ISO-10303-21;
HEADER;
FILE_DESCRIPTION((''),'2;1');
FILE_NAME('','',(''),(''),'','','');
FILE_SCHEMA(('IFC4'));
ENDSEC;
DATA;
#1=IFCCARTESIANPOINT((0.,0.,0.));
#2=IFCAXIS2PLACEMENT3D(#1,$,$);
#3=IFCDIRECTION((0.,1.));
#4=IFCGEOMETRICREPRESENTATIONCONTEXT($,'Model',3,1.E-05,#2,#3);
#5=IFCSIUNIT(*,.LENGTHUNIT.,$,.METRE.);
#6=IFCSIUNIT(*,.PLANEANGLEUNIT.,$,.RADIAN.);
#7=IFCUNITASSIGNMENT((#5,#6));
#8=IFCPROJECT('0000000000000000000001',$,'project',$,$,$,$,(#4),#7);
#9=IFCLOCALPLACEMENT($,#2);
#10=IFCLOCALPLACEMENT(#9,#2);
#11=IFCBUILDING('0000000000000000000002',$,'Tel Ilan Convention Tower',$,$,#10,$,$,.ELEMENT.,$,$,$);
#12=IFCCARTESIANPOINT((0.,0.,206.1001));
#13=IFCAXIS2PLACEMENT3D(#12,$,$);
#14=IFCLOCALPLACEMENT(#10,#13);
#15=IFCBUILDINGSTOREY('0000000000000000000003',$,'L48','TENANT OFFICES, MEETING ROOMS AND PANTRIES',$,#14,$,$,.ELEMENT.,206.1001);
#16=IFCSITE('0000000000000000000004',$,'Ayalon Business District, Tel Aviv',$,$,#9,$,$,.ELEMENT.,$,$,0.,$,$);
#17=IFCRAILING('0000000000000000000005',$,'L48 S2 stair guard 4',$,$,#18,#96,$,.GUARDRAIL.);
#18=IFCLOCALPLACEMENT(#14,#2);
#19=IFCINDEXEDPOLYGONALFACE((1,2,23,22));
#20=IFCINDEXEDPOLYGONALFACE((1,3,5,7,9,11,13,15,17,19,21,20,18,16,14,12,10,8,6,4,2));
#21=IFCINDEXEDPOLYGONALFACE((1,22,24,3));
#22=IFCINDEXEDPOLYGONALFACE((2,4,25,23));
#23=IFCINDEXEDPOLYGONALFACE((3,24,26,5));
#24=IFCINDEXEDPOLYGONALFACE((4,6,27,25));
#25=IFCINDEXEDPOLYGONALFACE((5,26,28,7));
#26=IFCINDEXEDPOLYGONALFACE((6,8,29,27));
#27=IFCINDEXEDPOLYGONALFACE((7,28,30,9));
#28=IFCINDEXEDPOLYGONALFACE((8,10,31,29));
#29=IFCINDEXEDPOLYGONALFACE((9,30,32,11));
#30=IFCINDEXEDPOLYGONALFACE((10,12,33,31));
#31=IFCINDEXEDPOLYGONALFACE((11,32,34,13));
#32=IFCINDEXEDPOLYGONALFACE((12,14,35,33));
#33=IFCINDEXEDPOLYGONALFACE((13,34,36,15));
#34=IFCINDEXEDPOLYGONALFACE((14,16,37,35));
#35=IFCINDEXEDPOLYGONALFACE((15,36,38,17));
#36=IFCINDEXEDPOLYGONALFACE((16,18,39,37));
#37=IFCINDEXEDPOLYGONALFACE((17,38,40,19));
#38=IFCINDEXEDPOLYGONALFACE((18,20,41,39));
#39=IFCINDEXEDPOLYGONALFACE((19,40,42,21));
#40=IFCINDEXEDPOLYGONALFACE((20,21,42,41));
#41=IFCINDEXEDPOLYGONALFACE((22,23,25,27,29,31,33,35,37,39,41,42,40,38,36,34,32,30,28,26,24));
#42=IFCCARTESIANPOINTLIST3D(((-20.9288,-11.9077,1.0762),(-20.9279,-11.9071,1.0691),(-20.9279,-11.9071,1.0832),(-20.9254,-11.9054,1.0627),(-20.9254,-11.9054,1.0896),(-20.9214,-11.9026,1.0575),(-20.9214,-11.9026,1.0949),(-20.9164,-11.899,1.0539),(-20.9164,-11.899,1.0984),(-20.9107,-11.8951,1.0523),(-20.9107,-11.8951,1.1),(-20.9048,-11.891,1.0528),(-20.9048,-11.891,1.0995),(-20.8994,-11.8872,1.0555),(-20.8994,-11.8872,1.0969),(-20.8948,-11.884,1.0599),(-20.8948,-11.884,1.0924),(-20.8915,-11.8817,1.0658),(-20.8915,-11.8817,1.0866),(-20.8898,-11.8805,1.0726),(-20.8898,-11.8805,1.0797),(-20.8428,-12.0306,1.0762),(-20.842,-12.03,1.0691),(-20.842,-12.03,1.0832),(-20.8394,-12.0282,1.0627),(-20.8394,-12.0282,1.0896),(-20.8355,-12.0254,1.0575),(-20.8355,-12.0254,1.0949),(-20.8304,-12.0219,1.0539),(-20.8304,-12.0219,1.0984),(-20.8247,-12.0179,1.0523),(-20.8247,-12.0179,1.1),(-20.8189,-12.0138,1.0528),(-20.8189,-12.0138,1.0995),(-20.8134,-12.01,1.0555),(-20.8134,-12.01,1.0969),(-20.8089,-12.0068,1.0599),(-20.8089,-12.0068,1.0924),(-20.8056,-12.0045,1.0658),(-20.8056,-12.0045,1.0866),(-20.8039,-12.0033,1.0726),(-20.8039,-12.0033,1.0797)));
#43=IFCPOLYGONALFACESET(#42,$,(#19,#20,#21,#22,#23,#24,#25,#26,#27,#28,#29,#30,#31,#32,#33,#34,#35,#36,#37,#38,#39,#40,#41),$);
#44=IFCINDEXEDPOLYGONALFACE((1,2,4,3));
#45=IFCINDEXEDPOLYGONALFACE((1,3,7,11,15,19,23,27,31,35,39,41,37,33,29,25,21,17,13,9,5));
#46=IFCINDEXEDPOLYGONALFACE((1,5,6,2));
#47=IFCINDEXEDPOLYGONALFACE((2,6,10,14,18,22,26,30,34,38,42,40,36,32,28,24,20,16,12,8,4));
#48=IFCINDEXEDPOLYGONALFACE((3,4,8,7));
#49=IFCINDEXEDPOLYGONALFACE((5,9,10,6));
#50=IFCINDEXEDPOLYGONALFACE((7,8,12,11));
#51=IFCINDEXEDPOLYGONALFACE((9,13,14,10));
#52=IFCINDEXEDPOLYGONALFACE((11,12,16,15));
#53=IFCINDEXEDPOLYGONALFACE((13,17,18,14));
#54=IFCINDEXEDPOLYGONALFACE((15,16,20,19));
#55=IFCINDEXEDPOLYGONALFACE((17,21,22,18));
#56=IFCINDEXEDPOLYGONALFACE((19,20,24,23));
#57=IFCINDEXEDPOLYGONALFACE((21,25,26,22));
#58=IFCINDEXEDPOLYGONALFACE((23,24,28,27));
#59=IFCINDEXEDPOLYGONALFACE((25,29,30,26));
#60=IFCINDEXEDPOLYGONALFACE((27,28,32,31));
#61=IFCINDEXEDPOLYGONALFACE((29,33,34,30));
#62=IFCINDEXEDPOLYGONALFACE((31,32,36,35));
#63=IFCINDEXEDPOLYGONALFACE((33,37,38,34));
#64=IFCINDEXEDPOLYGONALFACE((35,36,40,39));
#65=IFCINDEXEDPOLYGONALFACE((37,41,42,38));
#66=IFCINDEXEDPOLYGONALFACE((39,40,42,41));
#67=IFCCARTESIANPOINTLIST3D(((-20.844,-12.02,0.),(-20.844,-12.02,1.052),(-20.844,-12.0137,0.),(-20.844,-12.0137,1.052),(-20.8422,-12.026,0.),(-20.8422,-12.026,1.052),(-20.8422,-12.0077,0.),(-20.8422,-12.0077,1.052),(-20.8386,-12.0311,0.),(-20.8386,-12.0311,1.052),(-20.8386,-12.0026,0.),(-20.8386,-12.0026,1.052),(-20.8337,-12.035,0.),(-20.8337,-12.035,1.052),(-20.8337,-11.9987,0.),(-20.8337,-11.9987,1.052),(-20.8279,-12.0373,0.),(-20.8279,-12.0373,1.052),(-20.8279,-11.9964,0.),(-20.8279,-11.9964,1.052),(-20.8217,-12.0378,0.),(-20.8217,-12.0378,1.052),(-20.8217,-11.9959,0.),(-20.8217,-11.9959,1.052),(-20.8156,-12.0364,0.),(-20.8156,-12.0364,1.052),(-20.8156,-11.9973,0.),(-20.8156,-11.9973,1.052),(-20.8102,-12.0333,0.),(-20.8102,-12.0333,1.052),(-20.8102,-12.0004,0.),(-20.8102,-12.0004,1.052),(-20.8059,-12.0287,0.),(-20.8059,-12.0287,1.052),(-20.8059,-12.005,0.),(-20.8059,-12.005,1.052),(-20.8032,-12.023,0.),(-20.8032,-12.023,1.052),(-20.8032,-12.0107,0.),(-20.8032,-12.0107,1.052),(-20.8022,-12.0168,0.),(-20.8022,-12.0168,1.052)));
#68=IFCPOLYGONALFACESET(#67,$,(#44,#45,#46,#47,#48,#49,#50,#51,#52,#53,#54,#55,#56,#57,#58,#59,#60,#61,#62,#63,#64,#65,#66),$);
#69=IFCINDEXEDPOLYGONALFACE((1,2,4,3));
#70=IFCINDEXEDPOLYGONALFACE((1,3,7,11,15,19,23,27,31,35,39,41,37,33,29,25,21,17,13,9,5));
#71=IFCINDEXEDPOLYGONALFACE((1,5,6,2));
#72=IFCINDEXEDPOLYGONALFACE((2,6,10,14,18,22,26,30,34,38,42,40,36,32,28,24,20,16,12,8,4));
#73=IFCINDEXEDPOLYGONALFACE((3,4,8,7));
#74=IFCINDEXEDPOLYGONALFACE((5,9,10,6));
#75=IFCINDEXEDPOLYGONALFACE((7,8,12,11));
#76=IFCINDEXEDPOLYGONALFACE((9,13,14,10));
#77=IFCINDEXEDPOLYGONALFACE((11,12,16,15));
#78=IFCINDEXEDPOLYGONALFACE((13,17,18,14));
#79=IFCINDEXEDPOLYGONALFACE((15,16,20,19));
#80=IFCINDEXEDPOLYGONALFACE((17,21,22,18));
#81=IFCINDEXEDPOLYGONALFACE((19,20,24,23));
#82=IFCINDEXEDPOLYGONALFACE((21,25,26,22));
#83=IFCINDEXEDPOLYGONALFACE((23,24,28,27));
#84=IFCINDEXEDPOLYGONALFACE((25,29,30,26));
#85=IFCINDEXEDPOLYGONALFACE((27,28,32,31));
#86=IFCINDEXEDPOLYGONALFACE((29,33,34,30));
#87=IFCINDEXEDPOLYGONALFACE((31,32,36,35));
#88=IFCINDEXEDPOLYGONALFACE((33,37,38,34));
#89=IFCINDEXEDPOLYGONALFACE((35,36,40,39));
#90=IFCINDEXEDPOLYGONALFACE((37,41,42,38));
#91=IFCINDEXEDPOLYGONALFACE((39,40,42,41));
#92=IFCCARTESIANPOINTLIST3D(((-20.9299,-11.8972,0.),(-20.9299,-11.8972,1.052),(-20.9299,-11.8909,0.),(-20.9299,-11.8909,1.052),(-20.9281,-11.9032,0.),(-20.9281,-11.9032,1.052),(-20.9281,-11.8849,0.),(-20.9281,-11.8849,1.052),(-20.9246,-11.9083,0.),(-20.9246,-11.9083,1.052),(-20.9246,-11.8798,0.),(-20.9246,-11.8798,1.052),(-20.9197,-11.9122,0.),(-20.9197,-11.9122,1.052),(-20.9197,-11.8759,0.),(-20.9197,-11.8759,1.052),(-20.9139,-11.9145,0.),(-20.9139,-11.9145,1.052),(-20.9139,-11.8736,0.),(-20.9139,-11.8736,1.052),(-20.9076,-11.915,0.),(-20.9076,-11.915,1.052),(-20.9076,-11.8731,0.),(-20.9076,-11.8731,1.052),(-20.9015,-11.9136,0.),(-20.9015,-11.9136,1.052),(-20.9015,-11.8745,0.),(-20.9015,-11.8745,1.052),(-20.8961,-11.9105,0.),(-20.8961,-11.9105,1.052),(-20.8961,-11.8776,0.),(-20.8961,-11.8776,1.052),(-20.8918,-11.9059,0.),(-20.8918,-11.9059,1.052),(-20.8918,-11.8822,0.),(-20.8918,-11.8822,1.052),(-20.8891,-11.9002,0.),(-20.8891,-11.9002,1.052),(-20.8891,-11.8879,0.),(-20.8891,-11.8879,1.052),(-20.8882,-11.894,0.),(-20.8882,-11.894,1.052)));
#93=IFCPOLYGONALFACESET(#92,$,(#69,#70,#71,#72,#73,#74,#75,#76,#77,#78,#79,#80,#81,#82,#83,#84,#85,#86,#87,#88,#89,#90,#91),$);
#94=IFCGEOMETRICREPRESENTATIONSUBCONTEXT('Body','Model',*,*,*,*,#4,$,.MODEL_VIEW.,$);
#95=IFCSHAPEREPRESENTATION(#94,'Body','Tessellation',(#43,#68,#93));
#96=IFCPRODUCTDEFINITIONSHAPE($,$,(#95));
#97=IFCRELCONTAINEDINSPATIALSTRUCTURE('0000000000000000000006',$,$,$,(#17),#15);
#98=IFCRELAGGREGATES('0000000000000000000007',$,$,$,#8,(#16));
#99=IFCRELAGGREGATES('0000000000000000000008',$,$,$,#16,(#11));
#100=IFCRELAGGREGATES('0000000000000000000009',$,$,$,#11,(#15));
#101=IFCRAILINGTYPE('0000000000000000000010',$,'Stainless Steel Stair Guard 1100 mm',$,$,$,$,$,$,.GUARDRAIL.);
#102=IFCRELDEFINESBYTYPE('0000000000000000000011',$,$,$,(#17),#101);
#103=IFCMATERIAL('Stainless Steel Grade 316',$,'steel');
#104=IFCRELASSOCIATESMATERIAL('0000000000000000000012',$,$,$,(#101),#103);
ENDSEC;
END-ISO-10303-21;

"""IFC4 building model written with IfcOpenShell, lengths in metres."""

from ifc_helpers import new_model, si_unit, direction, frame, origin, origin_2d, place, context, subcontext, project, spatial, circle, extrude, material, type_object, element, save


model = new_model("IFC4")

# Units and contexts
model_context = context("Model", 3, precision=1e-05, world=origin(), true_north=direction((0.0, 1.0)))
body_context = subcontext(model_context, "Body", "Model", "MODEL_VIEW")
ifc_project = project(units=[si_unit("LENGTHUNIT", "METRE"), si_unit("PLANEANGLEUNIT", "RADIAN")], contexts=[model_context])

# Site, building, storey
site_placement = place(None, origin())
site = spatial("IfcSite", under=ifc_project, at=site_placement, Name="Ayalon Business District, Tel Aviv", CompositionType="ELEMENT", RefElevation=0.0)
building_placement = place(site_placement, origin())
building = spatial("IfcBuilding", under=site, at=building_placement, Name="Tel Ilan Convention Tower", CompositionType="ELEMENT")
storey_placement = place(building_placement, frame((0.0, 0.0, 206.1001)))
storey = spatial("IfcBuildingStorey", under=building, at=storey_placement, Name="L48", Description="TENANT OFFICES, MEETING ROOMS AND PANTRIES", CompositionType="ELEMENT", Elevation=206.1001)

# Railing
ifc_material_1 = material(Name="Stainless Steel Grade 316", Category="steel")
railing_type_1 = type_object("IfcRailingType", Name="Stainless Steel Stair Guard 1100 mm", PredefinedType="GUARDRAIL", material=ifc_material_1)
railing_1_placement = place(storey_placement, frame((-20.8232, -12.0168, 0.0)))
element("IfcRailing", 1, at=railing_1_placement, inside=storey, type_object=railing_type_1, Name="L48 S2 stair guard 4", PredefinedType="GUARDRAIL", context=body_context, shape_type="SweptSolid", body=[
    extrude(circle(Radius=0.0239, at=origin_2d()), frame((0.0, 0.0, 1.0762), z_axis=(-0.573353, 0.819308, 0.0), x_axis=(-0.819308, -0.573353, 0.0)), (0.0, 0.0, 1.0), 0.1499),
    extrude(circle(Radius=0.021, at=origin_2d()), origin(), (0.0, 0.0, 1.0), 1.052),
    extrude(circle(Radius=0.021, at=origin_2d()), frame((-0.0859, 0.1228, 0.0)), (0.0, 0.0, 1.0), 1.052),
])

save(model, "model.ifc")
